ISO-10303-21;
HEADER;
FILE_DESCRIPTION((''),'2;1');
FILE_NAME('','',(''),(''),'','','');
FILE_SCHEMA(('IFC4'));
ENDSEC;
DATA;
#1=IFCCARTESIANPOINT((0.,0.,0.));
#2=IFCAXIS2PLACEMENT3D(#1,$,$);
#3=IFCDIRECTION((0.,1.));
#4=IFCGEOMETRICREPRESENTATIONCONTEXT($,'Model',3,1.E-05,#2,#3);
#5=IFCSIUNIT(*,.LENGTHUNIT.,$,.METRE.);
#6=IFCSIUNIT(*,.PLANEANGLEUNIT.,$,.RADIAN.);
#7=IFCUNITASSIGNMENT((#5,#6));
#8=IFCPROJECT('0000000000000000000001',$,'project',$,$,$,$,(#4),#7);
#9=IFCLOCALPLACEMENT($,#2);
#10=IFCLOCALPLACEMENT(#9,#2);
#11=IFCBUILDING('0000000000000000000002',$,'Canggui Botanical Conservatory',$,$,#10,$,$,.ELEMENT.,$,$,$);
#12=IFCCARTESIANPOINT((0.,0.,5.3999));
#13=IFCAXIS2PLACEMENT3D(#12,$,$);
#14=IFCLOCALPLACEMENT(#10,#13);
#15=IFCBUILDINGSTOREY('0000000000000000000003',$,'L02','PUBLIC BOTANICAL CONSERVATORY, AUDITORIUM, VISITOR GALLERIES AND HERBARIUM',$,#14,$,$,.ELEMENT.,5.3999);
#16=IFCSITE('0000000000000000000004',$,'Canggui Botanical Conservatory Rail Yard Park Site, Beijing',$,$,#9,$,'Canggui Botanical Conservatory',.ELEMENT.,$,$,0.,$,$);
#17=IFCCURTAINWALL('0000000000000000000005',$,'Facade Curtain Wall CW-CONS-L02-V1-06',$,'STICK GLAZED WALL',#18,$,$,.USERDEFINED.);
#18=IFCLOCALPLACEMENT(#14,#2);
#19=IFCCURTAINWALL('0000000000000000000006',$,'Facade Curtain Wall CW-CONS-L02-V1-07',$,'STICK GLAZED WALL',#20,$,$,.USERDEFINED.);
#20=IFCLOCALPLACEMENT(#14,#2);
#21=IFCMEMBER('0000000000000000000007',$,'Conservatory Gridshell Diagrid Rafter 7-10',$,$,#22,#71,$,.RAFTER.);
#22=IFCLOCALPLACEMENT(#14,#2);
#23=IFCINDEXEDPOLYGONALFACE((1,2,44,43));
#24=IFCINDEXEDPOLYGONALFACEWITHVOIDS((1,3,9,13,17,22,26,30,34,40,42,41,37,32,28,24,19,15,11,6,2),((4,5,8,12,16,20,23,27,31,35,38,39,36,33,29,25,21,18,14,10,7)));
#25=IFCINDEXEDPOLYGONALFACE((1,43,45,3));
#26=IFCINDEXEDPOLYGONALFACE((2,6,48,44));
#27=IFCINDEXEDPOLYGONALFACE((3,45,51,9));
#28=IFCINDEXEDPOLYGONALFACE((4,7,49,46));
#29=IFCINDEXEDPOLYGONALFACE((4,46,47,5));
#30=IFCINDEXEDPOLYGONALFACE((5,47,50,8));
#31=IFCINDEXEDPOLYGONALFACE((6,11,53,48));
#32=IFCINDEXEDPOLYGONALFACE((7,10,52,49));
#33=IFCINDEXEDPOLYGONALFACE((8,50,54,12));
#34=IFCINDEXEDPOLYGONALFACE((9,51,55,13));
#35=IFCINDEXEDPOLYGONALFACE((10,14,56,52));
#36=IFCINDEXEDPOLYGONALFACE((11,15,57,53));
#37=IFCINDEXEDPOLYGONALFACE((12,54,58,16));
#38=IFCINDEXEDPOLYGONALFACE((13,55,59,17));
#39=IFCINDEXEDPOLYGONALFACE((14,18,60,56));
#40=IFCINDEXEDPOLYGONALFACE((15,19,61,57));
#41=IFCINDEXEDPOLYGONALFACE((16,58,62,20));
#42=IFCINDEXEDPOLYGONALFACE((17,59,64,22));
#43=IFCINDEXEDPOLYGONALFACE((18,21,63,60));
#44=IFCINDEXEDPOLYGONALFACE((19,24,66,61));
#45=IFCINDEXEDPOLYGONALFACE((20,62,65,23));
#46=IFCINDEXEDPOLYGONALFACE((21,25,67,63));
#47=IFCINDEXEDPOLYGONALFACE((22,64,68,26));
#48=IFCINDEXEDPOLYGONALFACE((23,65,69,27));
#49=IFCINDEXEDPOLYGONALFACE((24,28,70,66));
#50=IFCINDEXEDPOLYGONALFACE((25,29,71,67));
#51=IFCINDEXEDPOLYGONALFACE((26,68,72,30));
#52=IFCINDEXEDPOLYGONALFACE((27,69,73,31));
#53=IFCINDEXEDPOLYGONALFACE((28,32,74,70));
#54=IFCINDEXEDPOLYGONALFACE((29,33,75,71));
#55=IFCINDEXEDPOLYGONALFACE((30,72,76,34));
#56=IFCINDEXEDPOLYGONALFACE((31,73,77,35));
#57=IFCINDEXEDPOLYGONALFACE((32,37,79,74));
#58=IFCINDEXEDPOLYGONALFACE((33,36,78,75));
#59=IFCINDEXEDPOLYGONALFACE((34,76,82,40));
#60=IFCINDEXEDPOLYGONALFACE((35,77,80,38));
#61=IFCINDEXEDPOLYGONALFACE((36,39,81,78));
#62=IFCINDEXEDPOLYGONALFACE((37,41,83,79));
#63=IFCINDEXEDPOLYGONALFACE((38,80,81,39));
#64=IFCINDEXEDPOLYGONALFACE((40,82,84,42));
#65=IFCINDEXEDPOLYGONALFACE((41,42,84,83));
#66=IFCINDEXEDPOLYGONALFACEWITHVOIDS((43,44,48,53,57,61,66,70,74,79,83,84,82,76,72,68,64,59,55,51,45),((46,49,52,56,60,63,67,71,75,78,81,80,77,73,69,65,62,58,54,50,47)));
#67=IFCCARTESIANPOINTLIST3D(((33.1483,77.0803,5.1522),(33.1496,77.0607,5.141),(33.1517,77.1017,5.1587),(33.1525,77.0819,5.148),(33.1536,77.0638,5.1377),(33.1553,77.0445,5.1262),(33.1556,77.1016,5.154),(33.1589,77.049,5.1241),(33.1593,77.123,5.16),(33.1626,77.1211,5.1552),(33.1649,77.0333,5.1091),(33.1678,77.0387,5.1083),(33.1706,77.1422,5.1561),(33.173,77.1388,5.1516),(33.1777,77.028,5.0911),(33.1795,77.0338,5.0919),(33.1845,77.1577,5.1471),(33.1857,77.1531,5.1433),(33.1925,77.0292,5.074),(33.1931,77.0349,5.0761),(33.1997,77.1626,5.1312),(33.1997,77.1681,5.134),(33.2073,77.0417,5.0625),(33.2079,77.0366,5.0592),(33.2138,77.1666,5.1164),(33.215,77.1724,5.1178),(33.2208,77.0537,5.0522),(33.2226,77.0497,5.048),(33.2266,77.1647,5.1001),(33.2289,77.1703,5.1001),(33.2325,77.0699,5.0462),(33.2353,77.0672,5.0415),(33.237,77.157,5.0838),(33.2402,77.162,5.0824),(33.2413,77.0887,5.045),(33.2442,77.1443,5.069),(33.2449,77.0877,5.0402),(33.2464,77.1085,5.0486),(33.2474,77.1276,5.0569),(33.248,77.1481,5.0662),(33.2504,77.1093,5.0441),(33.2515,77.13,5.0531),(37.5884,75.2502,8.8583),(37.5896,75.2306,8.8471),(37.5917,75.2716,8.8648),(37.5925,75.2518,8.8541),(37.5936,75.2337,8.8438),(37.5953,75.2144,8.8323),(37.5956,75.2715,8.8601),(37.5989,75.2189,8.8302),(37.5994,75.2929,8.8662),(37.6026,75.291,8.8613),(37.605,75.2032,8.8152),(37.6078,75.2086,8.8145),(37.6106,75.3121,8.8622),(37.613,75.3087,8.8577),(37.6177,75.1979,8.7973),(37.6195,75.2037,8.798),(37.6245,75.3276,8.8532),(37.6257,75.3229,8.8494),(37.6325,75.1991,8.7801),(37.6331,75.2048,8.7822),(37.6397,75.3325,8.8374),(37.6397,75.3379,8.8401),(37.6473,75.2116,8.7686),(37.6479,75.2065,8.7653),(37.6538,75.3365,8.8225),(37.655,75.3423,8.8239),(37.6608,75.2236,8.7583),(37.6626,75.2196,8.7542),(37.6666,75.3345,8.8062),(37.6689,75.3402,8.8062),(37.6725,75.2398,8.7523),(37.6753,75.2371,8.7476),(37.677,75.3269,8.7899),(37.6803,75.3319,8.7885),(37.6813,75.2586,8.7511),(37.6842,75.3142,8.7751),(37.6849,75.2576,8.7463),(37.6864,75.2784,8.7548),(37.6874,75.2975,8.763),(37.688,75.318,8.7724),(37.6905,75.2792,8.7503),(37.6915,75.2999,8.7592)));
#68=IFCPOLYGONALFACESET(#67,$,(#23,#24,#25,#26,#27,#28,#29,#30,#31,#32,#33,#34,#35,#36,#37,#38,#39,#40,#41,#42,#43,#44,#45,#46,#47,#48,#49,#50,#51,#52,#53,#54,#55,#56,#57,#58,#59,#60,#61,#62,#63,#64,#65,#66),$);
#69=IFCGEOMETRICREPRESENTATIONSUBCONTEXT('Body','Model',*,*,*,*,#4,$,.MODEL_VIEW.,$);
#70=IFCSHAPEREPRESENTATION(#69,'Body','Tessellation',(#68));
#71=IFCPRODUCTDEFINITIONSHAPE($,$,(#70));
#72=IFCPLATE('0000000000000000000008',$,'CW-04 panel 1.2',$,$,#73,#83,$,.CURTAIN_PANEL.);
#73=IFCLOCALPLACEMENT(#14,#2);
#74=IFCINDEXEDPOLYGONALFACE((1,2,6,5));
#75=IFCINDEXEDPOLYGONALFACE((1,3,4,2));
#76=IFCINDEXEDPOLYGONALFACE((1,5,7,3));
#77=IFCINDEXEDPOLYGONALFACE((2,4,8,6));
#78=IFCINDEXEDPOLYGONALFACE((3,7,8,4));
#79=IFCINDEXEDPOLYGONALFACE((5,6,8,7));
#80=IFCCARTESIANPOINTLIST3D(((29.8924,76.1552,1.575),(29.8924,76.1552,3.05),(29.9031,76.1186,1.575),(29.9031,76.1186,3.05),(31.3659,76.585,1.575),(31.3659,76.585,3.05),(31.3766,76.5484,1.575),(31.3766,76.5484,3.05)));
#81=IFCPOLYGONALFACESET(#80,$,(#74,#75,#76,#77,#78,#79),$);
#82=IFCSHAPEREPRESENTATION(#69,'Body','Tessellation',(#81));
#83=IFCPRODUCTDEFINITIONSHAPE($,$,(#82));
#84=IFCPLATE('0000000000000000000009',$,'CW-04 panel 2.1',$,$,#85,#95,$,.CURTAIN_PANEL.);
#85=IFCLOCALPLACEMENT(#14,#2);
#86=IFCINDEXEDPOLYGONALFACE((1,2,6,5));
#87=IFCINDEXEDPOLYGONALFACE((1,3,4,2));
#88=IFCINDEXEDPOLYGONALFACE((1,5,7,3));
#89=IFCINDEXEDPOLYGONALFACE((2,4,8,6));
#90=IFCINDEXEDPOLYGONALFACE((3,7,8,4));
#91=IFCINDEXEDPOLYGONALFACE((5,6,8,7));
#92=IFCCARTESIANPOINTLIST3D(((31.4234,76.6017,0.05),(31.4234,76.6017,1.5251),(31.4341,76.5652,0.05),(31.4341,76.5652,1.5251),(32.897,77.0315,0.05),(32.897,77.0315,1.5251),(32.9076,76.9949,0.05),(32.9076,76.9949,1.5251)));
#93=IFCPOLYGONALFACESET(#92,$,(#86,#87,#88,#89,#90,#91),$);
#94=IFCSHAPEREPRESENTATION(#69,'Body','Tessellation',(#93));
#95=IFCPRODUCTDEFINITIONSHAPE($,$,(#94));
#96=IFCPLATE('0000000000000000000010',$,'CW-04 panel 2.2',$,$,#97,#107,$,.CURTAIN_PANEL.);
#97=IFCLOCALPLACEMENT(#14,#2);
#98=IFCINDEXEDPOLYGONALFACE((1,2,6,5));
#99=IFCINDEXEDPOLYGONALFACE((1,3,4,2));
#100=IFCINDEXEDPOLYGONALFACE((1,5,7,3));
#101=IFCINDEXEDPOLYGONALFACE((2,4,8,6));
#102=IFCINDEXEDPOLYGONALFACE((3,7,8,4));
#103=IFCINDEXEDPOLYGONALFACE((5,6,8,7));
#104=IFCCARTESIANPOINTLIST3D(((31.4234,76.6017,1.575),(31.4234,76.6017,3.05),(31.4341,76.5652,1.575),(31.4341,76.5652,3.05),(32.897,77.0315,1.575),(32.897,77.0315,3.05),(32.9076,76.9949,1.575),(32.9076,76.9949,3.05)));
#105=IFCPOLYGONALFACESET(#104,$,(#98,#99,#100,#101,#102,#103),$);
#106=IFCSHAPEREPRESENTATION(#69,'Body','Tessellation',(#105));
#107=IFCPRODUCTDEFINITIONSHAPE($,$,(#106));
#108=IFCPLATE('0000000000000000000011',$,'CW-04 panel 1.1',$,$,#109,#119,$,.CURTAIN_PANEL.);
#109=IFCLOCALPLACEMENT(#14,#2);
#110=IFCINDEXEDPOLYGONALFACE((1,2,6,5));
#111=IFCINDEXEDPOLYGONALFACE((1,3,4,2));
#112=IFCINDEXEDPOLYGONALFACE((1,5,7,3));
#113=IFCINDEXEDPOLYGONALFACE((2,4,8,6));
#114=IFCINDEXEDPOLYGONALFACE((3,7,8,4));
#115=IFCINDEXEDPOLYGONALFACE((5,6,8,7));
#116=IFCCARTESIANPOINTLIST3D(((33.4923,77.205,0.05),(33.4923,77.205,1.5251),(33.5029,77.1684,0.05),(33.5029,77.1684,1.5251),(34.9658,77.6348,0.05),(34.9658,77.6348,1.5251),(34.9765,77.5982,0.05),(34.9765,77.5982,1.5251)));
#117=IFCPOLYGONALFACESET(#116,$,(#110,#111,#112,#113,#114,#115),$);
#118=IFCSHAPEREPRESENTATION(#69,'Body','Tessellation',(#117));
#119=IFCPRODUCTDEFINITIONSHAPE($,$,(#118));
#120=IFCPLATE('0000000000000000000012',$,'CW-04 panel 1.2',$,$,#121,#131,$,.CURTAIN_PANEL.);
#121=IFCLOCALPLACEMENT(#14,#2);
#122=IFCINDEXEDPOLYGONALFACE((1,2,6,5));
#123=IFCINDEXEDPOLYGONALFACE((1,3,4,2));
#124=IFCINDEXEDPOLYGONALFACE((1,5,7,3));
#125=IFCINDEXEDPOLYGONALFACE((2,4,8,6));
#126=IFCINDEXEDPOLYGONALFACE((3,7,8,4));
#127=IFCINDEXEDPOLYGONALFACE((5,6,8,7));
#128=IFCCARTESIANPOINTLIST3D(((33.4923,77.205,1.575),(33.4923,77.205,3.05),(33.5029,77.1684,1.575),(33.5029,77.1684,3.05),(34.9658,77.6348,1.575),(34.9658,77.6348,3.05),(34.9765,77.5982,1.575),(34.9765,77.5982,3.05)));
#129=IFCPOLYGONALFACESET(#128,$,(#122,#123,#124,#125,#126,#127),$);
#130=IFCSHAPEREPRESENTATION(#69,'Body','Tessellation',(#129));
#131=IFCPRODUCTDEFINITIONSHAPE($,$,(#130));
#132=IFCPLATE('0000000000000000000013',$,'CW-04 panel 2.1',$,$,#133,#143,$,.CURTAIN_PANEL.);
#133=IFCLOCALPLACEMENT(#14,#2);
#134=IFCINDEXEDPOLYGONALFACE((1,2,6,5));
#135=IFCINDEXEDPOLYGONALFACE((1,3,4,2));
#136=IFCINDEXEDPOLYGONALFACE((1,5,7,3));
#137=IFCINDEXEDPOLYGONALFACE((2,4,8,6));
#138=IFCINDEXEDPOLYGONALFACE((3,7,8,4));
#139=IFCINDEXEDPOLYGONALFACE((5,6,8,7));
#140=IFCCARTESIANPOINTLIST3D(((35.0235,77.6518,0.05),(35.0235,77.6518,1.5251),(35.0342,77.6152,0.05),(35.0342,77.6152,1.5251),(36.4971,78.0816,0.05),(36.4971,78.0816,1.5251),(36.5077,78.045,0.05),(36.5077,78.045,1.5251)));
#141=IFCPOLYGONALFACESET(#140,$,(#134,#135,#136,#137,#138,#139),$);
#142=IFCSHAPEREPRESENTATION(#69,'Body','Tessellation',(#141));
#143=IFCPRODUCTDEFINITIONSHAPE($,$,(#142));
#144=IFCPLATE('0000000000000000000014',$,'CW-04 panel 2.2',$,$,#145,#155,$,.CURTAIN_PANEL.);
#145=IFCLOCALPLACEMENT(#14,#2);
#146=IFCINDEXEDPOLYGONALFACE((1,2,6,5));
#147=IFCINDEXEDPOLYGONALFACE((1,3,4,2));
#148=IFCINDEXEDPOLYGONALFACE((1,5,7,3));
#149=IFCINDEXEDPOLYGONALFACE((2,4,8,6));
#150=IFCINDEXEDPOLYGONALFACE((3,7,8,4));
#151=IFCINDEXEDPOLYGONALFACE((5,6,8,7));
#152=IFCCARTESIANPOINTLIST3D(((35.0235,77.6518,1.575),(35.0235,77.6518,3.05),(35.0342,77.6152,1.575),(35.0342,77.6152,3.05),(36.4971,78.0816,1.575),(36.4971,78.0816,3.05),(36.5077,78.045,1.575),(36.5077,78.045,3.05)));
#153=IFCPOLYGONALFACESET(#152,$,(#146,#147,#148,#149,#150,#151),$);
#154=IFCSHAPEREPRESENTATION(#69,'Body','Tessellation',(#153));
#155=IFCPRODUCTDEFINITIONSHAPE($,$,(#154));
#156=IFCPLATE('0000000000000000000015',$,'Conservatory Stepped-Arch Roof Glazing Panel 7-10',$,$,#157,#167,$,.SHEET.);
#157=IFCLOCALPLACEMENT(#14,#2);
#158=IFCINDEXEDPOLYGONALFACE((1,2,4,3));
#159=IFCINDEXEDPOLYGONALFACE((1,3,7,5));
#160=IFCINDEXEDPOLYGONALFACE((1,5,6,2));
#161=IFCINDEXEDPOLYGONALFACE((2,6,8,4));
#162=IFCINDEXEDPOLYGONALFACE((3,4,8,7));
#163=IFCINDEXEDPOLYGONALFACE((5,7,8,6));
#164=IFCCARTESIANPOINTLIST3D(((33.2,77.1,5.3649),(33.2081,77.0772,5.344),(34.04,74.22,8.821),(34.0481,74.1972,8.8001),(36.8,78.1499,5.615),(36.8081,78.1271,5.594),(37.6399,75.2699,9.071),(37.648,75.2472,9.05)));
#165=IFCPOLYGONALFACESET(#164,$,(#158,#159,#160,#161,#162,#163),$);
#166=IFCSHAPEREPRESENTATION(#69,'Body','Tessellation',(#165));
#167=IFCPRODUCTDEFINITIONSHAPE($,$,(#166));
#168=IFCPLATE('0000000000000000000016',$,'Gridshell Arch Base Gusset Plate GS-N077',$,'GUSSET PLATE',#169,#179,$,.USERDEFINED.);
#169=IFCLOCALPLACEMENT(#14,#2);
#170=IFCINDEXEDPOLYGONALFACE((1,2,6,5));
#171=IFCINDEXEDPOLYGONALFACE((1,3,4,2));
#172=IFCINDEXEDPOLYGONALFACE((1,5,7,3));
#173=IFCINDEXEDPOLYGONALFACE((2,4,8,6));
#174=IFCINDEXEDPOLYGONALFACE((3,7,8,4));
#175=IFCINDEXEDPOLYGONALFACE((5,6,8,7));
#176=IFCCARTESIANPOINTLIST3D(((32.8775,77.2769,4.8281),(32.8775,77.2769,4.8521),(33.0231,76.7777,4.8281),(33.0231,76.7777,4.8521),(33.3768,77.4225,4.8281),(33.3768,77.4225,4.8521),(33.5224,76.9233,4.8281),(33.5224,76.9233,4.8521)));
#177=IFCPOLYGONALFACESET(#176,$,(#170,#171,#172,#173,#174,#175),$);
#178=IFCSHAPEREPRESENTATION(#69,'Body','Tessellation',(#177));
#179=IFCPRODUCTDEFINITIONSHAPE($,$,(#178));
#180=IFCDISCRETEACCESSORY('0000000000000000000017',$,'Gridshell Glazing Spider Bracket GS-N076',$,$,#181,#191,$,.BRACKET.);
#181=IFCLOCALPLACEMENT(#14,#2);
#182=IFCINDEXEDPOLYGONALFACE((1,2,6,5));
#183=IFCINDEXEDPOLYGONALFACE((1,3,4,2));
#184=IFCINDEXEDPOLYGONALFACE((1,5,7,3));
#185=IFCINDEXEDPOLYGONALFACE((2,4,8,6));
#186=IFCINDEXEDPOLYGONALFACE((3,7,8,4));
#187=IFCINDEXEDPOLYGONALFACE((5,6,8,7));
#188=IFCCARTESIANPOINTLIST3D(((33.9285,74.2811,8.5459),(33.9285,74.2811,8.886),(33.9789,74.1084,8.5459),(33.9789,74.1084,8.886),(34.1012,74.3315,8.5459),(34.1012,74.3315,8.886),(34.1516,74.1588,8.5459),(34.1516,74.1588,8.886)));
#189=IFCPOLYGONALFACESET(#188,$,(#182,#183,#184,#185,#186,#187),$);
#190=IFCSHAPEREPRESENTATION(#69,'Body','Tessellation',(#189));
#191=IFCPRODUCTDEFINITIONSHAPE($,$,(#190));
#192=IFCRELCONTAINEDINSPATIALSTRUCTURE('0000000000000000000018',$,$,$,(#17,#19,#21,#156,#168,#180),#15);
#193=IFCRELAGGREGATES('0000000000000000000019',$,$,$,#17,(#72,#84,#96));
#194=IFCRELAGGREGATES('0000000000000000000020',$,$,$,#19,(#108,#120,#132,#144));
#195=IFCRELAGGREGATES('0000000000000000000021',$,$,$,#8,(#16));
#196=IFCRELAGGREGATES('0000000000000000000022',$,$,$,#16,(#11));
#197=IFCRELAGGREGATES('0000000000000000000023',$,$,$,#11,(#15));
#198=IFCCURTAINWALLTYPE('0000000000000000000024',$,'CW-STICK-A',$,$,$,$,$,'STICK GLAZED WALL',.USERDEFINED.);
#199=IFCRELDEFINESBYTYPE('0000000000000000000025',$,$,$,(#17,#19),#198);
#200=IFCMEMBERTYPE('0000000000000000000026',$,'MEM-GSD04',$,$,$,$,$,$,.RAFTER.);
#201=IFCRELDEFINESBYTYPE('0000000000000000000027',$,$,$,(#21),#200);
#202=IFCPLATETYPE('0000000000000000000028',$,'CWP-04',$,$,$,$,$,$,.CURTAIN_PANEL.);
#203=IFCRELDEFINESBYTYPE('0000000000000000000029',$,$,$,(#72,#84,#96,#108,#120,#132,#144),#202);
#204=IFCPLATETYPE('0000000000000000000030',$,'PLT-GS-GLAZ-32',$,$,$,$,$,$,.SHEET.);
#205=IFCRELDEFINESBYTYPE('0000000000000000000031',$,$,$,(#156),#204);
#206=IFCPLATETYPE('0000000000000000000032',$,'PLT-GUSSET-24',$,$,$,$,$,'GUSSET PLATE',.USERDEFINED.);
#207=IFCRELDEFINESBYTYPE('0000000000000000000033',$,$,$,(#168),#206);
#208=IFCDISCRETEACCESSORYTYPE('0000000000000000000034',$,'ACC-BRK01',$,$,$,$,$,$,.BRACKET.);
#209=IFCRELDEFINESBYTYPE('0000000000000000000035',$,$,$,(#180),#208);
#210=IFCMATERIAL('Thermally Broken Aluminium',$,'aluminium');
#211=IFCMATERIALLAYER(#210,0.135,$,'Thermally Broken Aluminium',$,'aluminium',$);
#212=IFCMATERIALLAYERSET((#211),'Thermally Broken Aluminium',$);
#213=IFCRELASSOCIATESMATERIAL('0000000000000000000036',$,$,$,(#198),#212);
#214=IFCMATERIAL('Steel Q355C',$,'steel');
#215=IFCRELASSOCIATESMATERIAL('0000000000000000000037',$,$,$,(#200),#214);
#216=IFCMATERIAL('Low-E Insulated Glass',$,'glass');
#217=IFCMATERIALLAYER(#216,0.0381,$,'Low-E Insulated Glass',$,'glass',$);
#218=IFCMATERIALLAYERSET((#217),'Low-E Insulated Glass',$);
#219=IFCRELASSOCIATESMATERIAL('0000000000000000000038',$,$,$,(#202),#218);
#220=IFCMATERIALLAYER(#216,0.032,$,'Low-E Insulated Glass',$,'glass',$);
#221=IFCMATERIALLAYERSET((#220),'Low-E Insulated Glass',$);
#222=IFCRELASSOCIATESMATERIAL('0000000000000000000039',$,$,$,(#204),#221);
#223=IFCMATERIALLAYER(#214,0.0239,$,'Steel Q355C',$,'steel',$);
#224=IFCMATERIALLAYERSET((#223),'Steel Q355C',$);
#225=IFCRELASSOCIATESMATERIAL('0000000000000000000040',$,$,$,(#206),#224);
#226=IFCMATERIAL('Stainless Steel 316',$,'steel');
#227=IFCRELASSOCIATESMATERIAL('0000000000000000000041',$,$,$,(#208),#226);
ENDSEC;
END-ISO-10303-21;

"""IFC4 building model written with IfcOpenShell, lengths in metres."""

from ifc_helpers import new_model, si_unit, direction, frame, origin, origin_2d, place, context, subcontext, project, spatial, polyline, rectangle, hollow_circle, outline, extrude, material, layer, layer_set, material_profile, profile_set, type_object, element, aggregate, save


model = new_model("IFC4")

# Units and contexts
model_context = context("Model", 3, precision=1e-05, world=origin(), true_north=direction((0.0, 1.0)))
body_context = subcontext(model_context, "Body", "Model", "MODEL_VIEW")
ifc_project = project(units=[si_unit("LENGTHUNIT", "METRE"), si_unit("PLANEANGLEUNIT", "RADIAN")], contexts=[model_context])

# Site, building, storey
site_placement = place(None, origin())
site = spatial("IfcSite", under=ifc_project, at=site_placement, Name="Canggui Botanical Conservatory Rail Yard Park Site, Beijing", LongName="Canggui Botanical Conservatory", CompositionType="ELEMENT", RefElevation=0.0)
building_placement = place(site_placement, origin())
building = spatial("IfcBuilding", under=site, at=building_placement, Name="Canggui Botanical Conservatory", CompositionType="ELEMENT")
storey_placement = place(building_placement, frame((0.0, 0.0, 5.3999)))
storey = spatial("IfcBuildingStorey", under=building, at=storey_placement, Name="L02", Description="PUBLIC BOTANICAL CONSERVATORY, AUDITORIUM, VISITOR GALLERIES AND HERBARIUM", CompositionType="ELEMENT", Elevation=5.3999)

# Shared definitions
ifc_material_1 = material(Name="Steel Q355C", Category="steel")

# Curtain walls
ifc_material_2 = material(Name="Thermally Broken Aluminium", Category="aluminium")
ifc_layer_1 = layer(ifc_material_2, 0.135, Name="Thermally Broken Aluminium", Category="aluminium")
ifc_layer_set_1 = layer_set([ifc_layer_1], Name="Thermally Broken Aluminium")
curtain_wall_type = type_object("IfcCurtainWallType", Name="CW-STICK-A", ElementType="STICK GLAZED WALL", PredefinedType="USERDEFINED", material=ifc_layer_set_1)
curtain_wall_1_placement = place(storey_placement, origin())
curtain_wall_1 = element("IfcCurtainWall", 1, at=curtain_wall_1_placement, inside=storey, type_object=curtain_wall_type, Name="Facade Curtain Wall CW-CONS-L02-V1-06", ObjectType="STICK GLAZED WALL", PredefinedType="USERDEFINED")
curtain_wall_2_placement = place(storey_placement, origin())
curtain_wall_2 = element("IfcCurtainWall", 2, at=curtain_wall_2_placement, inside=storey, type_object=curtain_wall_type, Name="Facade Curtain Wall CW-CONS-L02-V1-07", ObjectType="STICK GLAZED WALL", PredefinedType="USERDEFINED")

# Member
ifc_material_profile_1 = material_profile(ifc_material_1, hollow_circle(Radius=0.0759, WallThickness=0.0061, at=origin_2d()), Name="CHS 152x6")
ifc_profile_set_1 = profile_set([ifc_material_profile_1], Name="Steel Q355C")
member_type_1 = type_object("IfcMemberType", Name="MEM-GSD04", PredefinedType="RAFTER", material=ifc_profile_set_1)
member_1_placement = place(storey_placement, frame((33.2, 77.1001, 5.1001), z_axis=(0.731931, -0.301691, 0.610949), x_axis=(0.381082, 0.924541, 0.0)))
element("IfcMember", 3, at=member_1_placement, inside=storey, type_object=member_type_1, Name="Conservatory Gridshell Diagrid Rafter 7-10", PredefinedType="RAFTER", context=body_context, shape_type="SweptSolid", body=[
    extrude(hollow_circle(Radius=0.0759, WallThickness=0.0061, at=origin_2d()), origin(), (0.0, 0.0, 1.0), 6.0662),
])

# Plates
ifc_material_3 = material(Name="Low-E Insulated Glass", Category="glass")
ifc_layer_2 = layer(ifc_material_3, 0.0381, Name="Low-E Insulated Glass", Category="glass")
ifc_layer_set_2 = layer_set([ifc_layer_2], Name="Low-E Insulated Glass")
plate_type_1 = type_object("IfcPlateType", Name="CWP-04", PredefinedType="CURTAIN_PANEL", material=ifc_layer_set_2)
plate_1_placement = place(storey_placement, frame((30.6345, 76.3518, 1.575), z_axis=(0.0, 0.0, 1.0), x_axis=(0.96, 0.28, 0.0)))
plate_1 = element("IfcPlate", 4, at=plate_1_placement, type_object=plate_type_1, Name="CW-04 panel 1.2", PredefinedType="CURTAIN_PANEL", context=body_context, shape_type="SweptSolid", body=[
    extrude(rectangle(XDim=1.5349, YDim=0.0381, at=origin_2d()), origin(), (0.0, 0.0, 1.0), 1.4751),
])
plate_2_placement = place(storey_placement, frame((32.1655, 76.7983, 0.05), z_axis=(0.0, 0.0, 1.0), x_axis=(0.96, 0.28, 0.0)))
plate_2 = element("IfcPlate", 5, at=plate_2_placement, type_object=plate_type_1, Name="CW-04 panel 2.1", PredefinedType="CURTAIN_PANEL", context=body_context, shape_type="SweptSolid", body=[
    extrude(rectangle(XDim=1.5349, YDim=0.0381, at=origin_2d()), origin(), (0.0, 0.0, 1.0), 1.4751),
])
plate_3_placement = place(storey_placement, frame((32.1655, 76.7983, 1.575), z_axis=(0.0, 0.0, 1.0), x_axis=(0.96, 0.28, 0.0)))
plate_3 = element("IfcPlate", 6, at=plate_3_placement, type_object=plate_type_1, Name="CW-04 panel 2.2", PredefinedType="CURTAIN_PANEL", context=body_context, shape_type="SweptSolid", body=[
    extrude(rectangle(XDim=1.5349, YDim=0.0381, at=origin_2d()), origin(), (0.0, 0.0, 1.0), 1.4751),
])
aggregate(curtain_wall_1, [plate_1, plate_2, plate_3])
plate_4_placement = place(storey_placement, frame((34.2344, 77.4016, 0.05), z_axis=(0.0, 0.0, 1.0), x_axis=(0.96, 0.28, 0.0)))
plate_4 = element("IfcPlate", 7, at=plate_4_placement, type_object=plate_type_1, Name="CW-04 panel 1.1", PredefinedType="CURTAIN_PANEL", context=body_context, shape_type="SweptSolid", body=[
    extrude(rectangle(XDim=1.5349, YDim=0.0381, at=origin_2d()), origin(), (0.0, 0.0, 1.0), 1.4751),
])
plate_5_placement = place(storey_placement, frame((34.2344, 77.4016, 1.575), z_axis=(0.0, 0.0, 1.0), x_axis=(0.96, 0.28, 0.0)))
plate_5 = element("IfcPlate", 8, at=plate_5_placement, type_object=plate_type_1, Name="CW-04 panel 1.2", PredefinedType="CURTAIN_PANEL", context=body_context, shape_type="SweptSolid", body=[
    extrude(rectangle(XDim=1.5349, YDim=0.0381, at=origin_2d()), origin(), (0.0, 0.0, 1.0), 1.4751),
])
plate_6_placement = place(storey_placement, frame((35.7656, 77.8484, 0.05), z_axis=(0.0, 0.0, 1.0), x_axis=(0.96, 0.28, 0.0)))
plate_6 = element("IfcPlate", 9, at=plate_6_placement, type_object=plate_type_1, Name="CW-04 panel 2.1", PredefinedType="CURTAIN_PANEL", context=body_context, shape_type="SweptSolid", body=[
    extrude(rectangle(XDim=1.5349, YDim=0.0381, at=origin_2d()), origin(), (0.0, 0.0, 1.0), 1.4751),
])
plate_7_placement = place(storey_placement, frame((35.7656, 77.8484, 1.575), z_axis=(0.0, 0.0, 1.0), x_axis=(0.96, 0.28, 0.0)))
plate_7 = element("IfcPlate", 10, at=plate_7_placement, type_object=plate_type_1, Name="CW-04 panel 2.2", PredefinedType="CURTAIN_PANEL", context=body_context, shape_type="SweptSolid", body=[
    extrude(rectangle(XDim=1.5349, YDim=0.0381, at=origin_2d()), origin(), (0.0, 0.0, 1.0), 1.4751),
])
aggregate(curtain_wall_2, [plate_4, plate_5, plate_6, plate_7])

# Plates
ifc_layer_3 = layer(ifc_material_3, 0.032, Name="Low-E Insulated Glass", Category="glass")
ifc_layer_set_3 = layer_set([ifc_layer_3], Name="Low-E Insulated Glass")
plate_type_2 = type_object("IfcPlateType", Name="PLT-GS-GLAZ-32", PredefinedType="SHEET", material=ifc_layer_set_3)
plate_8_placement = place(storey_placement, frame((34.04, 74.22, 8.821), z_axis=(-0.253149, 0.712056, 0.654898), x_axis=(0.957875, 0.27938, 0.066501)))
element("IfcPlate", 11, at=plate_8_placement, inside=storey, type_object=plate_type_2, Name="Conservatory Stepped-Arch Roof Glazing Panel 7-10", PredefinedType="SHEET", context=body_context, shape_type="SweptSolid", body=[
    extrude(outline(polyline([(0.0, 0.0), (3.7582, 0.0), (3.5285, 4.5706), (-0.2299, 4.5708), (0.0, 0.0)])), origin(), (0.0, 0.0, -1.0), 0.032),
])
ifc_layer_4 = layer(ifc_material_1, 0.0239, Name="Steel Q355C", Category="steel")
ifc_layer_set_4 = layer_set([ifc_layer_4], Name="Steel Q355C")
plate_type_3 = type_object("IfcPlateType", Name="PLT-GUSSET-24", ElementType="GUSSET PLATE", PredefinedType="USERDEFINED", material=ifc_layer_set_4)
plate_9_placement = place(storey_placement, frame((33.2, 77.1001, 4.8281), z_axis=(0.0, 0.0, 1.0), x_axis=(0.96, 0.28, 0.0)))
element("IfcPlate", 12, at=plate_9_placement, inside=storey, type_object=plate_type_3, Name="Gridshell Arch Base Gusset Plate GS-N077", ObjectType="GUSSET PLATE", PredefinedType="USERDEFINED", context=body_context, shape_type="SweptSolid", body=[
    extrude(rectangle(XDim=0.52, YDim=0.52, at=origin_2d()), origin(), (0.0, 0.0, 1.0), 0.0239),
])

# Discrete accessory
ifc_material_4 = material(Name="Stainless Steel 316", Category="steel")
discrete_accessory_type_1 = type_object("IfcDiscreteAccessoryType", Name="ACC-BRK01", PredefinedType="BRACKET", material=ifc_material_4)
for number, where, z_axis, x_axis, name in (
    (13, (34.04, 74.22, 8.5459), (0.0, 0.0, 1.0), (0.96, 0.28, 0.0), "Gridshell Glazing Spider Bracket GS-N076"),
):
    element("IfcDiscreteAccessory", number, at=place(storey_placement, frame(where, z_axis=z_axis, x_axis=x_axis)), inside=storey, type_object=discrete_accessory_type_1, Name=name, PredefinedType="BRACKET", context=body_context, shape_type="SweptSolid", body=[
        extrude(rectangle(XDim=0.1799, YDim=0.1799, at=origin_2d()), origin(), (0.0, 0.0, 1.0), 0.3401),
    ])

save(model, "model.ifc")
